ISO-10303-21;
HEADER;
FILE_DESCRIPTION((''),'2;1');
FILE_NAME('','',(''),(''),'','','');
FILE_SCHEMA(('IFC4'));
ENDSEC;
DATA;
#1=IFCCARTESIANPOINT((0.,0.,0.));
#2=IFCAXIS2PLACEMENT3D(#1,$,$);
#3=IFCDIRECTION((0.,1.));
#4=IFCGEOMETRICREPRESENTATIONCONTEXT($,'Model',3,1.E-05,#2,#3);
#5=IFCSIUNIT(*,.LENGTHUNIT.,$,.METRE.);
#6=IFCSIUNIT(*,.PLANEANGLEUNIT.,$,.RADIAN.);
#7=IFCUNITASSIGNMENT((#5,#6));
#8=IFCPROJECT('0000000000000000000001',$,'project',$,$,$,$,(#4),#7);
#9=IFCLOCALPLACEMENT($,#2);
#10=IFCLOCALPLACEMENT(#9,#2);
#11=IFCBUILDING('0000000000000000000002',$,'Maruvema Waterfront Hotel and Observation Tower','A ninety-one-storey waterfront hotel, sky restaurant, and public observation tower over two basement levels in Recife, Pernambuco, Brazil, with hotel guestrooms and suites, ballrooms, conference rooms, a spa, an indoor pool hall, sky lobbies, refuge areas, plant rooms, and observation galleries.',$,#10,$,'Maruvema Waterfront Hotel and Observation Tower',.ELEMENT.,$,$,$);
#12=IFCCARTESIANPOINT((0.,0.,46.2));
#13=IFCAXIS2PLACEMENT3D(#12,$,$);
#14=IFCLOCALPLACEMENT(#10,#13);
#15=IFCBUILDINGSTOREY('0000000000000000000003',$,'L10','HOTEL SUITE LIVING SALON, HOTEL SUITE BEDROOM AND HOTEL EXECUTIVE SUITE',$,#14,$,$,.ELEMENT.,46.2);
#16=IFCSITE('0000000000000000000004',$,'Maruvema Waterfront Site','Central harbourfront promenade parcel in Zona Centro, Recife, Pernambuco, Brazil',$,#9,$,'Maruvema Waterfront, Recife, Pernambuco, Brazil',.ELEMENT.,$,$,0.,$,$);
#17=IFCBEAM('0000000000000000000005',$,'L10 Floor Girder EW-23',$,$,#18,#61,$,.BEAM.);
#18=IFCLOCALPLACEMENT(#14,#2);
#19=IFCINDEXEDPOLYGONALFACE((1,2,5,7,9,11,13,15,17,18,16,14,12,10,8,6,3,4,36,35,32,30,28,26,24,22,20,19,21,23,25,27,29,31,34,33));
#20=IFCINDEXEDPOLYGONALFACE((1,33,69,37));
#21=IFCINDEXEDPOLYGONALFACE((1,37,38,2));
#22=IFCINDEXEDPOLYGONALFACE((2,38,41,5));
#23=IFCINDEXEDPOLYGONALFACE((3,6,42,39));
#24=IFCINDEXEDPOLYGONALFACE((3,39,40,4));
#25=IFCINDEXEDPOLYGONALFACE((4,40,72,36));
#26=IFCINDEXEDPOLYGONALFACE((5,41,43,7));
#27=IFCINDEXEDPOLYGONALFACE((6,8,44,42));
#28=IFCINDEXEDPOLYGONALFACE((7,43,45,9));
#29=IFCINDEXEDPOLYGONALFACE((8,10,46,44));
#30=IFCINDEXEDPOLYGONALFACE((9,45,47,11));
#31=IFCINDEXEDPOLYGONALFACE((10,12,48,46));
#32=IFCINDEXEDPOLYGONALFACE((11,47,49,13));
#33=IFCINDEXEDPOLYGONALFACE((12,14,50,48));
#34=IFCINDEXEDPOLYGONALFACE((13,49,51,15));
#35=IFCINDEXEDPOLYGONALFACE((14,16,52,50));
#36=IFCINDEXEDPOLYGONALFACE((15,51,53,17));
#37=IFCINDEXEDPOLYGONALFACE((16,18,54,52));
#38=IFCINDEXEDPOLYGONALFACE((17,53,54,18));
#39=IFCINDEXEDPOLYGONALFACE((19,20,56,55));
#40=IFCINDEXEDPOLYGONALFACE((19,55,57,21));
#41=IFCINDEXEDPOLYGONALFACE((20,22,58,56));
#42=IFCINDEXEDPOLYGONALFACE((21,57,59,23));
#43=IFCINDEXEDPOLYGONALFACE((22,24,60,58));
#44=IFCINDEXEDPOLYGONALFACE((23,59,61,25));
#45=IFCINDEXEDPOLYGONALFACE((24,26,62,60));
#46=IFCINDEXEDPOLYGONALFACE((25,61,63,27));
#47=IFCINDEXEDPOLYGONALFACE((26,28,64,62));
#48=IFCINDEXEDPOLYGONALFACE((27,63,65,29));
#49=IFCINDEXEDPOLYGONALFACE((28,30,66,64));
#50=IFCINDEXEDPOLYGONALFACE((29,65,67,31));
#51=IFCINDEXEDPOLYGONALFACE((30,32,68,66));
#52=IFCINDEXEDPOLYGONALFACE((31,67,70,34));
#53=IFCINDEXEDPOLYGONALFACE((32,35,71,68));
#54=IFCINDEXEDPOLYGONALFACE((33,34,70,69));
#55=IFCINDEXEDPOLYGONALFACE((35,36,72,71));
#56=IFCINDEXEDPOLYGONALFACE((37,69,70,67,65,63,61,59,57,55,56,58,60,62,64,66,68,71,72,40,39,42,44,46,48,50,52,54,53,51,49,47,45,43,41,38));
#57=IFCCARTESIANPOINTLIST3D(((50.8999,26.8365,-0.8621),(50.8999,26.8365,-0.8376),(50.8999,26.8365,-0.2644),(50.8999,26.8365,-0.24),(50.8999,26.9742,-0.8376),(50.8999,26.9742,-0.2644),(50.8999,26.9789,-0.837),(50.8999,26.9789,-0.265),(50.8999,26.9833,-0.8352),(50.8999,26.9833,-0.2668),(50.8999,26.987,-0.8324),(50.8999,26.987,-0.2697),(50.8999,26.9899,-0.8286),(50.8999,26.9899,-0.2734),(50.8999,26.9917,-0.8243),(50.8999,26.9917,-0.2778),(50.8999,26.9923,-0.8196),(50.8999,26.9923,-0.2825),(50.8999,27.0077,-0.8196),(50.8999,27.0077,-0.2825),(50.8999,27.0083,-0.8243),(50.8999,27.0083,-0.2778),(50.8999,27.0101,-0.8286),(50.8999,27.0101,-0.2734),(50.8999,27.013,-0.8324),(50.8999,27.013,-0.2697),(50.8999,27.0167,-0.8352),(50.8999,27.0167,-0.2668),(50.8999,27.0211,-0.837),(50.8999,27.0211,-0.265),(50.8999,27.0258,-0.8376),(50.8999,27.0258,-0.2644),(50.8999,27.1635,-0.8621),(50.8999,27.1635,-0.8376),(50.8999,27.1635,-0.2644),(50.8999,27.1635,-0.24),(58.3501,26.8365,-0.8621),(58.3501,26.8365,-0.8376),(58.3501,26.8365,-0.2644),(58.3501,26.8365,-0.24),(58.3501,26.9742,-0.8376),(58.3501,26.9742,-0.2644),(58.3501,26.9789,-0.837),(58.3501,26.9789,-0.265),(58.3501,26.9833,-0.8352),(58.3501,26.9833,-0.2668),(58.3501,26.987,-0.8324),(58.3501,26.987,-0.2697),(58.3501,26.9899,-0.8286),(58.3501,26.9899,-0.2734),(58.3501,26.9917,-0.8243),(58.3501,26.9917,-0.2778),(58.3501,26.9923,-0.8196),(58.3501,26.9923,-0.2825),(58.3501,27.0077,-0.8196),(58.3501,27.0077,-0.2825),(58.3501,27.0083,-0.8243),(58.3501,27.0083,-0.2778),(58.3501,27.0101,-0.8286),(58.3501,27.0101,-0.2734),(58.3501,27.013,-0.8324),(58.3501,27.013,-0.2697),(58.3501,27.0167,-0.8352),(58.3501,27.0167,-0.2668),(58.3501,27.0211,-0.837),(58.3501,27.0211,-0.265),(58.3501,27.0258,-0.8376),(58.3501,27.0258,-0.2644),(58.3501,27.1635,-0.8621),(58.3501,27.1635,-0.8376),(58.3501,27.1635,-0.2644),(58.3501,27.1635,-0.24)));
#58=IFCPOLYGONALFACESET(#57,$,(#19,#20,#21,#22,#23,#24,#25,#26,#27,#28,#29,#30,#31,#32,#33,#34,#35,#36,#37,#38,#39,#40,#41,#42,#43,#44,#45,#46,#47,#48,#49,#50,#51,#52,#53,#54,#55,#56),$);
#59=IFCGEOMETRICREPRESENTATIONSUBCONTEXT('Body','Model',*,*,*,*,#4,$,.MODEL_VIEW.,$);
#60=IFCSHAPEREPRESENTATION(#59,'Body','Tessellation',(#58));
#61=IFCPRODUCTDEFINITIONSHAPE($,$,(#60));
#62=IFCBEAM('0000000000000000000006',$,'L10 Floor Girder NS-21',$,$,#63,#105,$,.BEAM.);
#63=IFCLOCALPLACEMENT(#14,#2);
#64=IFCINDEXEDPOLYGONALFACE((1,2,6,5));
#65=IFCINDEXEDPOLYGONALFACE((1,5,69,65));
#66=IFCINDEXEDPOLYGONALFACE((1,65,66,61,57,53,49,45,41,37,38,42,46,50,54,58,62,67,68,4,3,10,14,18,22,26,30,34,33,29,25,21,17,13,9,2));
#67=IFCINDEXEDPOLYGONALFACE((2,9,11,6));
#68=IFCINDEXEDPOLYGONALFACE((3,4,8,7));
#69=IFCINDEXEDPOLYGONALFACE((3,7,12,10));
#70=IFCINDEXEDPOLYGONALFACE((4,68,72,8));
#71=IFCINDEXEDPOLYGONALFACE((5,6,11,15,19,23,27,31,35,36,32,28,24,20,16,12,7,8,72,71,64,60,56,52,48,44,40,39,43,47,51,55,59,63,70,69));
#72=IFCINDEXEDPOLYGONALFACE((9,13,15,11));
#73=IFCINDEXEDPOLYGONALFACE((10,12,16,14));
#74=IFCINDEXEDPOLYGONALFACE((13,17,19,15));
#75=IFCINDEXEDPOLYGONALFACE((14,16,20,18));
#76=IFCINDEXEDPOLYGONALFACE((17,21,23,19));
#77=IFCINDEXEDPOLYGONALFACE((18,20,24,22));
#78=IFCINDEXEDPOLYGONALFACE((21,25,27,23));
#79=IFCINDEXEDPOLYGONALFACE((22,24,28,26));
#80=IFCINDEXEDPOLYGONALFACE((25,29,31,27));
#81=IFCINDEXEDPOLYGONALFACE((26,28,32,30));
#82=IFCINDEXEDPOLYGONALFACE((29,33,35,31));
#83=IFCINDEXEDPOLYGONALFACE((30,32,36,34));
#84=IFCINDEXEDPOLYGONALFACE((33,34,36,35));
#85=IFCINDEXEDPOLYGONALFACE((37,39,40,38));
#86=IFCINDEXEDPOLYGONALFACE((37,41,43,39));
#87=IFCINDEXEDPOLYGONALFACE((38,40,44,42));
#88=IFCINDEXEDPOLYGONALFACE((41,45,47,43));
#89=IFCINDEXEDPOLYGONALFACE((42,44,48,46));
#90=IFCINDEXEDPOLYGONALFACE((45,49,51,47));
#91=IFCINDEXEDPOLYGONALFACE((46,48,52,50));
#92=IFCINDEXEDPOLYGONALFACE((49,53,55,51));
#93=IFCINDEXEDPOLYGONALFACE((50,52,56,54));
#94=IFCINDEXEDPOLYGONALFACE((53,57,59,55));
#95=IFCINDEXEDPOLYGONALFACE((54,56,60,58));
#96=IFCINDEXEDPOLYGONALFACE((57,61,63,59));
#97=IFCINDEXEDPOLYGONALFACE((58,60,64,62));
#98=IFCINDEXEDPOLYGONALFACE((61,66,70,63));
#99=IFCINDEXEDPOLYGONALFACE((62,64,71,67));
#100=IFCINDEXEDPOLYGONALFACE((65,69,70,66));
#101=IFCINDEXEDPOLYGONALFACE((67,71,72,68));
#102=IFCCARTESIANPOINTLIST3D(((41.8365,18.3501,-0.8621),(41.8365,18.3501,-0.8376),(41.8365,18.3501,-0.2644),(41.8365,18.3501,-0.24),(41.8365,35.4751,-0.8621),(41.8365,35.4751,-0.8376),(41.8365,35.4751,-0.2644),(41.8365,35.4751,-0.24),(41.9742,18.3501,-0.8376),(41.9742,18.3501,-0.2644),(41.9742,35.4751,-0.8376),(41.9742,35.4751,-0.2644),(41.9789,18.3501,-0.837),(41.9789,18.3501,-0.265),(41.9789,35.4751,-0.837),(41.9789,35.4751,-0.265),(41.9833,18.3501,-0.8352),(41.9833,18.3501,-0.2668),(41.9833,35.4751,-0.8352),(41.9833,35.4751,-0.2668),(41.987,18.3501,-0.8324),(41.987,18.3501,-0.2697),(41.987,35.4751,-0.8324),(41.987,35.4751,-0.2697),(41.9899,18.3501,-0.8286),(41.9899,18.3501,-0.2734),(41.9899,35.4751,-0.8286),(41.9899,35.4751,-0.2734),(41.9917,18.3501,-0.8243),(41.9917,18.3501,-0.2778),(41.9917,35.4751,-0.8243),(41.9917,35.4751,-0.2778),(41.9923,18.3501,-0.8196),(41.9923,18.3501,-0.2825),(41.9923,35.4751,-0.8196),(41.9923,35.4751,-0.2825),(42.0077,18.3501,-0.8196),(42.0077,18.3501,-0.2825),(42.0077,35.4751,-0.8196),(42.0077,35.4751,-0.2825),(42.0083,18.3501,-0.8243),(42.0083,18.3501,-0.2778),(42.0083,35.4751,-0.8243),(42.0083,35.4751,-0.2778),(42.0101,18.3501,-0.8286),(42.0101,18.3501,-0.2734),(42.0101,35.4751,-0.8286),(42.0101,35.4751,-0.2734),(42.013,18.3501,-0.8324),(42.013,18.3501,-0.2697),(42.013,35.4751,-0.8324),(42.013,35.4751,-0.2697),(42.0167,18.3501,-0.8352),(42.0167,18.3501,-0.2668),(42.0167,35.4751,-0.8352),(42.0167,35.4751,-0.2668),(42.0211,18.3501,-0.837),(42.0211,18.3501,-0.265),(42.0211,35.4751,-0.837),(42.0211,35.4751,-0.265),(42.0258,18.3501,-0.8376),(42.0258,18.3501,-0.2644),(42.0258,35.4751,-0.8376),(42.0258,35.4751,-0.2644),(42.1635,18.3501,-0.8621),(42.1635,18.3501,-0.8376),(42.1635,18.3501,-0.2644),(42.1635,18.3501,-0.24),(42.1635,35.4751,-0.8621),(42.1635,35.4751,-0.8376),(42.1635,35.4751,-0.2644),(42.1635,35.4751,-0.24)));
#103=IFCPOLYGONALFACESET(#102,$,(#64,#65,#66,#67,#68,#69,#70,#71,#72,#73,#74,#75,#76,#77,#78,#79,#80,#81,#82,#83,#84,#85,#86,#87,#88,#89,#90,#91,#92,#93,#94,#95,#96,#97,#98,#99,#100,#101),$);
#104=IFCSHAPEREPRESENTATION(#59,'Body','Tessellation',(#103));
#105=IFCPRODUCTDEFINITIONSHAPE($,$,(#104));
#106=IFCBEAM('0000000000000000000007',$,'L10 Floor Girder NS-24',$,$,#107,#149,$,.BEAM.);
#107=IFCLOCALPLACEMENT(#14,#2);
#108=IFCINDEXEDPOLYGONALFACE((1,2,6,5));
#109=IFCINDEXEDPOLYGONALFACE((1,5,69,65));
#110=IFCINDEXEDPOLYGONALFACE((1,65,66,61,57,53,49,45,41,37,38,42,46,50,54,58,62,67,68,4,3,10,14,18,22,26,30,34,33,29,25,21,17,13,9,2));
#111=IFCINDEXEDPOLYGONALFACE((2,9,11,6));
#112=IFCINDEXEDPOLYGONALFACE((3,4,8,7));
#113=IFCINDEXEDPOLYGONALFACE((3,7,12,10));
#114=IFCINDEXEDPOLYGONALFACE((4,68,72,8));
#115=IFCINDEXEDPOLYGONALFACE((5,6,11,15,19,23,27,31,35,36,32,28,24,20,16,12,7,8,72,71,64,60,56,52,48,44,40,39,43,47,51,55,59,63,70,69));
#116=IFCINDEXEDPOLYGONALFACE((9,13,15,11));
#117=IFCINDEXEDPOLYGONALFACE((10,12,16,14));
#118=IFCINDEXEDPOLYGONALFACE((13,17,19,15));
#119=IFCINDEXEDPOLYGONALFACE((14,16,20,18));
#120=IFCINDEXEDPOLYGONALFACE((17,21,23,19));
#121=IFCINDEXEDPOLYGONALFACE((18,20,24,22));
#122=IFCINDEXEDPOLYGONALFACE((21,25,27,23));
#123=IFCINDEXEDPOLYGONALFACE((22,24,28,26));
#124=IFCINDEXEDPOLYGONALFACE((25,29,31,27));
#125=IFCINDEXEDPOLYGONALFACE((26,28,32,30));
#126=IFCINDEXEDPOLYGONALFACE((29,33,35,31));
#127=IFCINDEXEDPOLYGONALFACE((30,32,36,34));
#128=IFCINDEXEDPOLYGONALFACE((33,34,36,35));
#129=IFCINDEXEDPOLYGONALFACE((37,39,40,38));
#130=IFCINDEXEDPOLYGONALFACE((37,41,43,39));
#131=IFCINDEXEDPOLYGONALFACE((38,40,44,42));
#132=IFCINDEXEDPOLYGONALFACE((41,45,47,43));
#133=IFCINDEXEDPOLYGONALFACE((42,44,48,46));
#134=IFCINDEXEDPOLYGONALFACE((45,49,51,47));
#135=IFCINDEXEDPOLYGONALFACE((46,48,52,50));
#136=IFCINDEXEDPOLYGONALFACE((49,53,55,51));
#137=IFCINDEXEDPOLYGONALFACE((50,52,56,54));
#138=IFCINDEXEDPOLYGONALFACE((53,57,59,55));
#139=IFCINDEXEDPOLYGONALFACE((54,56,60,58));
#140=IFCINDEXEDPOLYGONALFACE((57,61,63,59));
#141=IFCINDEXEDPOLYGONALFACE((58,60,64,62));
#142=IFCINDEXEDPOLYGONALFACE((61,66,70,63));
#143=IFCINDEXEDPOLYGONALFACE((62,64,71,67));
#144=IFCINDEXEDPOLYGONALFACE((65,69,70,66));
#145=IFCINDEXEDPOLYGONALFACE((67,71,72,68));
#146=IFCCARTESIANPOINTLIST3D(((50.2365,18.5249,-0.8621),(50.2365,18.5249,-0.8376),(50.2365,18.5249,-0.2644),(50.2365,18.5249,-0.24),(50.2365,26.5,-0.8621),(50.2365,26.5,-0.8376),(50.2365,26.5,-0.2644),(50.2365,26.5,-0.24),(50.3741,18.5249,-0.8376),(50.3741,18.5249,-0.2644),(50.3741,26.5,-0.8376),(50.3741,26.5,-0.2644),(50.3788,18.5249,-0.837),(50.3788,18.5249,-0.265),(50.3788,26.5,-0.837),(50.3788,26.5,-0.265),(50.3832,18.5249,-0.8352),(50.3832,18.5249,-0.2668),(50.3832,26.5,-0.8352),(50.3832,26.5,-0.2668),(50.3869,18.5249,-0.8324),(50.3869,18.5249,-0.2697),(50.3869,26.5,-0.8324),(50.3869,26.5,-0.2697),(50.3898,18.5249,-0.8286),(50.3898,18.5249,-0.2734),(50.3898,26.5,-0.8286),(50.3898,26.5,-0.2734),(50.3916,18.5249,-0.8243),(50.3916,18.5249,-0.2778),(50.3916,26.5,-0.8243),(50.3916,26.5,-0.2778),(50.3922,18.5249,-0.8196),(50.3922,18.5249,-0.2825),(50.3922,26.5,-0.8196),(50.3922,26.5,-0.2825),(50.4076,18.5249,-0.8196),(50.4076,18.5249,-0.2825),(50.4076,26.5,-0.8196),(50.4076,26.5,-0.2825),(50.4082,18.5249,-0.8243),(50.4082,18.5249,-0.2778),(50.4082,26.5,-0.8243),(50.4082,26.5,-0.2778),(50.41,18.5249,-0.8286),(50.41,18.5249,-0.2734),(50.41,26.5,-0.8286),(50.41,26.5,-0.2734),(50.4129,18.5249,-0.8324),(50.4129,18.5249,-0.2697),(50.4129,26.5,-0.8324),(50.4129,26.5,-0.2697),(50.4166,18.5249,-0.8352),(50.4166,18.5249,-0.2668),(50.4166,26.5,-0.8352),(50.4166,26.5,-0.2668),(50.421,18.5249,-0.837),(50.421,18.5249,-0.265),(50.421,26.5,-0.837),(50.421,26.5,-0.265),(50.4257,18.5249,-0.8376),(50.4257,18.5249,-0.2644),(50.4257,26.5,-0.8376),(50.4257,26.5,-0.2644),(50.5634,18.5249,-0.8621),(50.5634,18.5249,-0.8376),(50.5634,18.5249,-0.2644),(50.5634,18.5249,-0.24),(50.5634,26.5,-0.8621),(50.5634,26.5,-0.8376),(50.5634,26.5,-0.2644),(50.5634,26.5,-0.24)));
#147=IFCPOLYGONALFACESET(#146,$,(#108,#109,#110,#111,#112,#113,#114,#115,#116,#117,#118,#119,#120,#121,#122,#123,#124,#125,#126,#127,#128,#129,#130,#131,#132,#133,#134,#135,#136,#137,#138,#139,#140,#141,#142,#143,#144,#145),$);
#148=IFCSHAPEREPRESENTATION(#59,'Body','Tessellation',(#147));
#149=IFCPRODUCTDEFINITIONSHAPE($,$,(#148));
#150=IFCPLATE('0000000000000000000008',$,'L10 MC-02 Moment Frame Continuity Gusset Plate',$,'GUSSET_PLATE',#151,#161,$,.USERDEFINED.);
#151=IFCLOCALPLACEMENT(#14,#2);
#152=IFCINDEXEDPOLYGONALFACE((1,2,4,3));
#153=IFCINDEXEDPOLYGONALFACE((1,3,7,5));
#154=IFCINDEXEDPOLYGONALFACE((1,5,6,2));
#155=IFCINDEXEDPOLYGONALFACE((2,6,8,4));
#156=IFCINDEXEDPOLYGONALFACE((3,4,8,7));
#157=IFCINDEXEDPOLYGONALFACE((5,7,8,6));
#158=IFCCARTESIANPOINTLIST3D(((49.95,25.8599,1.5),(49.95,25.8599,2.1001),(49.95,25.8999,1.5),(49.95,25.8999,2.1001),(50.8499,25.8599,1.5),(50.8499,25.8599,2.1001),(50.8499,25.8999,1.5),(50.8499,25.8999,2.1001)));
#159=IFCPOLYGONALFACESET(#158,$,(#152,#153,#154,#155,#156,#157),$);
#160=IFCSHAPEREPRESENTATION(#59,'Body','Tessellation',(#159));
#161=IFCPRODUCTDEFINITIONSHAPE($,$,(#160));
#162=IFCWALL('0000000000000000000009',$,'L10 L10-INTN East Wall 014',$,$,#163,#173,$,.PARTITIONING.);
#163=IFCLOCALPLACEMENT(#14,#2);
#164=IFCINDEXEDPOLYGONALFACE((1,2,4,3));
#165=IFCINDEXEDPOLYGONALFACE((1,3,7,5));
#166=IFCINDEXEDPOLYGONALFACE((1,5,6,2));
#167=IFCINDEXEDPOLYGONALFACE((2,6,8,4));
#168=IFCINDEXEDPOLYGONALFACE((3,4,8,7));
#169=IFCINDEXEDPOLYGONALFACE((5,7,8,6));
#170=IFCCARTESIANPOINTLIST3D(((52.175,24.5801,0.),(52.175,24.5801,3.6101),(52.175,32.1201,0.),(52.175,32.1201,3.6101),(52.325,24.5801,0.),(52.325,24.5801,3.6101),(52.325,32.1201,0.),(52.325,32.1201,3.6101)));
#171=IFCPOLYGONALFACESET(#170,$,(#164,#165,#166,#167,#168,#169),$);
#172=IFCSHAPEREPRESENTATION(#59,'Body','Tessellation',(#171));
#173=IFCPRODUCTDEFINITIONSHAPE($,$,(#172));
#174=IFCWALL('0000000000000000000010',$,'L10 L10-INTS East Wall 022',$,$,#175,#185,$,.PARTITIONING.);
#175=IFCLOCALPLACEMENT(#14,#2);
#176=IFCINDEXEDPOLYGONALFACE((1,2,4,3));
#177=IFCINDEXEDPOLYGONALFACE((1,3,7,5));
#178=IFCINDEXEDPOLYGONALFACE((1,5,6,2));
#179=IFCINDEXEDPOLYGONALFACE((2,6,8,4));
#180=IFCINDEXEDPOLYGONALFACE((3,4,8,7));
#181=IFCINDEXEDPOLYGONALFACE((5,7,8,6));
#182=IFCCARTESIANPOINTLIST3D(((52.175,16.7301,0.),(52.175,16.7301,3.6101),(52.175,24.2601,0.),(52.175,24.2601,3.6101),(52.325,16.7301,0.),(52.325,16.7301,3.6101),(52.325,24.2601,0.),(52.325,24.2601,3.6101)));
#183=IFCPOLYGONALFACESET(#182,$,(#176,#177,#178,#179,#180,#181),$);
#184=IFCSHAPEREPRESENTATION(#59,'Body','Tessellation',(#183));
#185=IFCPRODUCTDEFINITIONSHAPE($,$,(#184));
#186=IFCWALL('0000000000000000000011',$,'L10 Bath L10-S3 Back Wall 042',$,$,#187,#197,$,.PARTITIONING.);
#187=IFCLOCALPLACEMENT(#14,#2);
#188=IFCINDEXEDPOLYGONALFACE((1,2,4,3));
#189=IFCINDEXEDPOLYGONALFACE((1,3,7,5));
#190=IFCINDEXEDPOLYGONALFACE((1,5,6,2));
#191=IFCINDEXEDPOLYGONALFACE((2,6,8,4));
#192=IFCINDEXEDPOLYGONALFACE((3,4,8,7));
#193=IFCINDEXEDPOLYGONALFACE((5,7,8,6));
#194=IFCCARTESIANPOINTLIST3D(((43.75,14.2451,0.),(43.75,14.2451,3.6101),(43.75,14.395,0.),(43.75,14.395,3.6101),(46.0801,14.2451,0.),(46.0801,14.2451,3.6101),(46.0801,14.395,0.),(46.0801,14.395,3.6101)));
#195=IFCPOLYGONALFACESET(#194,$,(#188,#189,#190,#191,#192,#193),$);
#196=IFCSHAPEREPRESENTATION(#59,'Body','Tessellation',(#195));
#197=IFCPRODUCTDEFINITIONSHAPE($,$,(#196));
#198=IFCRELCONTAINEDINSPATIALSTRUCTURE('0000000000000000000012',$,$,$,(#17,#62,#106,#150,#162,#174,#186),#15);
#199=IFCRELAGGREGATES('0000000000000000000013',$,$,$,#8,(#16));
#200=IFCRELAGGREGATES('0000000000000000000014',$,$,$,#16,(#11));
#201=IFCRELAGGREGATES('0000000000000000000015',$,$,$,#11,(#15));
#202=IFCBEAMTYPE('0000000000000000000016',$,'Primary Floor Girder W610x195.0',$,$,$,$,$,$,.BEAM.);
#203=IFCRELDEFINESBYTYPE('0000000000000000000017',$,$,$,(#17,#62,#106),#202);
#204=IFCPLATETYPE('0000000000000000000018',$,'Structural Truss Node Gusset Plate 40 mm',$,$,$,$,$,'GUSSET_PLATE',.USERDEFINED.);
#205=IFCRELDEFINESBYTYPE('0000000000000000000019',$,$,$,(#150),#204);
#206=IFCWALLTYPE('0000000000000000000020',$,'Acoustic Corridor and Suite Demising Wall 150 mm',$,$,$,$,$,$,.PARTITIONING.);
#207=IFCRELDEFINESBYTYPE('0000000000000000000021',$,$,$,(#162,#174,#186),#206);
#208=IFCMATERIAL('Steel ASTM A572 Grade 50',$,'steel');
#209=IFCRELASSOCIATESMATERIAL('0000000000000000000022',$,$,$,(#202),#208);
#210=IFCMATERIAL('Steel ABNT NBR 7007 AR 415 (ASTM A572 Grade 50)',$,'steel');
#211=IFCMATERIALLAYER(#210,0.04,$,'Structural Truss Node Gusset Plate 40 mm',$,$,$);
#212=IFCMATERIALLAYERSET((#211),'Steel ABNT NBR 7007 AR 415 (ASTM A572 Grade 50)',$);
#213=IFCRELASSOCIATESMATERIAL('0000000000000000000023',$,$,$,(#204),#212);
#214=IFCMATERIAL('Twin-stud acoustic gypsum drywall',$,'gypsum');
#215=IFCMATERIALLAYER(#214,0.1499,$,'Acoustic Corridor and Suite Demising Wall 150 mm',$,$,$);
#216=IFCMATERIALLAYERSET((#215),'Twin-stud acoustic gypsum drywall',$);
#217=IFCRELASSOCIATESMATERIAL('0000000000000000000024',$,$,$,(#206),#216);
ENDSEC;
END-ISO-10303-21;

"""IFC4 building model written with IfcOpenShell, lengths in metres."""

from ifc_helpers import new_model, si_unit, direction, frame, frame_2d, origin, origin_2d, place, context, subcontext, project, spatial, rectangle, i_section, extrude, material, layer, layer_set, material_profile, profile_set, type_object, element, save


model = new_model("IFC4")

# Units and contexts
model_context = context("Model", 3, precision=1e-05, world=origin(), true_north=direction((0.0, 1.0)))
body_context = subcontext(model_context, "Body", "Model", "MODEL_VIEW")
ifc_project = project(units=[si_unit("LENGTHUNIT", "METRE"), si_unit("PLANEANGLEUNIT", "RADIAN")], contexts=[model_context])

# Site, building, storey
site_placement = place(None, origin())
site = spatial("IfcSite", under=ifc_project, at=site_placement, Name="Maruvema Waterfront Site", Description="Central harbourfront promenade parcel in Zona Centro, Recife, Pernambuco, Brazil", LongName="Maruvema Waterfront, Recife, Pernambuco, Brazil", CompositionType="ELEMENT", RefElevation=0.0)
building_placement = place(site_placement, origin())
building = spatial("IfcBuilding", under=site, at=building_placement, Name="Maruvema Waterfront Hotel and Observation Tower", Description="A ninety-one-storey waterfront hotel, sky restaurant, and public observation tower over two basement levels in Recife, Pernambuco, Brazil, with hotel guestrooms and suites, ballrooms, conference rooms, a spa, an indoor pool hall, sky lobbies, refuge areas, plant rooms, and observation galleries.", LongName="Maruvema Waterfront Hotel and Observation Tower", CompositionType="ELEMENT")
storey_placement = place(building_placement, frame((0.0, 0.0, 46.2)))
storey = spatial("IfcBuildingStorey", under=building, at=storey_placement, Name="L10", Description="HOTEL SUITE LIVING SALON, HOTEL SUITE BEDROOM AND HOTEL EXECUTIVE SUITE", CompositionType="ELEMENT", Elevation=46.2)

# Beams
ifc_material_1 = material(Name="Steel ASTM A572 Grade 50", Category="steel")
ifc_material_profile_1 = material_profile(ifc_material_1, i_section(OverallWidth=0.3269, OverallDepth=0.6221, WebThickness=0.0154, FlangeThickness=0.0244, FilletRadius=0.0181, at=origin_2d()), Name="W610x195.0")
ifc_profile_set_1 = profile_set([ifc_material_profile_1], Name="Steel ASTM A572 Grade 50")
beam_type = type_object("IfcBeamType", Name="Primary Floor Girder W610x195.0", PredefinedType="BEAM", material=ifc_profile_set_1)
beam_1_placement = place(storey_placement, frame((50.8999, 27.0, -0.551), z_axis=(1.0, 0.0, 0.0), x_axis=(0.0, 1.0, 0.0)))
element("IfcBeam", 1, at=beam_1_placement, inside=storey, type_object=beam_type, Name="L10 Floor Girder EW-23", PredefinedType="BEAM", context=body_context, shape_type="SweptSolid", body=[
    extrude(i_section(OverallWidth=0.3269, OverallDepth=0.6221, WebThickness=0.0154, FlangeThickness=0.0244, FilletRadius=0.0181, at=origin_2d()), origin(), (0.0, 0.0, 1.0), 7.4502),
])
beam_2_placement = place(storey_placement, frame((42.0, 18.3501, -0.551), z_axis=(0.0, 1.0, 0.0), x_axis=(-1.0, 0.0, 0.0)))
element("IfcBeam", 2, at=beam_2_placement, inside=storey, type_object=beam_type, Name="L10 Floor Girder NS-21", PredefinedType="BEAM", context=body_context, shape_type="SweptSolid", body=[
    extrude(i_section(OverallWidth=0.3269, OverallDepth=0.6221, WebThickness=0.0154, FlangeThickness=0.0244, FilletRadius=0.0181, at=origin_2d()), origin(), (0.0, 0.0, 1.0), 17.125),
])
beam_3_placement = place(storey_placement, frame((50.3999, 18.5249, -0.551), z_axis=(0.0, 1.0, 0.0), x_axis=(-1.0, 0.0, 0.0)))
element("IfcBeam", 3, at=beam_3_placement, inside=storey, type_object=beam_type, Name="L10 Floor Girder NS-24", PredefinedType="BEAM", context=body_context, shape_type="SweptSolid", body=[
    extrude(i_section(OverallWidth=0.3269, OverallDepth=0.6221, WebThickness=0.0154, FlangeThickness=0.0244, FilletRadius=0.0181, at=origin_2d()), origin(), (0.0, 0.0, 1.0), 7.9751),
])

# Plate
ifc_material_2 = material(Name="Steel ABNT NBR 7007 AR 415 (ASTM A572 Grade 50)", Category="steel")
ifc_layer_1 = layer(ifc_material_2, 0.04, Name="Structural Truss Node Gusset Plate 40 mm")
ifc_layer_set_1 = layer_set([ifc_layer_1], Name="Steel ABNT NBR 7007 AR 415 (ASTM A572 Grade 50)")
plate_type = type_object("IfcPlateType", Name="Structural Truss Node Gusset Plate 40 mm", ElementType="GUSSET_PLATE", PredefinedType="USERDEFINED", material=ifc_layer_set_1)
plate_placement = place(storey_placement, frame((50.3999, 25.8799, 1.5), z_axis=(0.0, 0.0, 1.0), x_axis=(1.0, 0.0, 0.0)))
element("IfcPlate", 4, at=plate_placement, inside=storey, type_object=plate_type, Name="L10 MC-02 Moment Frame Continuity Gusset Plate", ObjectType="GUSSET_PLATE", PredefinedType="USERDEFINED", context=body_context, shape_type="SweptSolid", body=[
    extrude(rectangle(XDim=0.8999, YDim=0.04, at=origin_2d()), origin(), (0.0, 0.0, 1.0), 0.6001),
])

# Walls
ifc_material_3 = material(Name="Twin-stud acoustic gypsum drywall", Category="gypsum")
ifc_layer_2 = layer(ifc_material_3, 0.1499, Name="Acoustic Corridor and Suite Demising Wall 150 mm")
ifc_layer_set_2 = layer_set([ifc_layer_2], Name="Twin-stud acoustic gypsum drywall")
wall_type_1 = type_object("IfcWallType", Name="Acoustic Corridor and Suite Demising Wall 150 mm", PredefinedType="PARTITIONING", material=ifc_layer_set_2)
wall_1_placement = place(storey_placement, frame((52.25, 24.5801, 0.0), z_axis=(0.0, 0.0, 1.0), x_axis=(0.0, 1.0, 0.0)))
element("IfcWall", 5, at=wall_1_placement, inside=storey, type_object=wall_type_1, Name="L10 L10-INTN East Wall 014", PredefinedType="PARTITIONING", context=body_context, shape_type="SweptSolid", body=[
    extrude(rectangle(XDim=7.54, YDim=0.1499, at=frame_2d((3.77, 0.0))), origin(), (0.0, 0.0, 1.0), 3.6101),
])
wall_2_placement = place(storey_placement, frame((52.25, 16.73, 0.0), z_axis=(0.0, 0.0, 1.0), x_axis=(0.0, 1.0, 0.0)))
element("IfcWall", 6, at=wall_2_placement, inside=storey, type_object=wall_type_1, Name="L10 L10-INTS East Wall 022", PredefinedType="PARTITIONING", context=body_context, shape_type="SweptSolid", body=[
    extrude(rectangle(XDim=7.53, YDim=0.1499, at=frame_2d((3.7651, 0.0))), origin(), (0.0, 0.0, 1.0), 3.6101),
])
wall_3_placement = place(storey_placement, frame((43.75, 14.3201, 0.0), z_axis=(0.0, 0.0, 1.0), x_axis=(1.0, 0.0, 0.0)))
element("IfcWall", 7, at=wall_3_placement, inside=storey, type_object=wall_type_1, Name="L10 Bath L10-S3 Back Wall 042", PredefinedType="PARTITIONING", context=body_context, shape_type="SweptSolid", body=[
    extrude(rectangle(XDim=2.3301, YDim=0.1499, at=frame_2d((1.165, 0.0))), origin(), (0.0, 0.0, 1.0), 3.6101),
])

save(model, "model.ifc")
